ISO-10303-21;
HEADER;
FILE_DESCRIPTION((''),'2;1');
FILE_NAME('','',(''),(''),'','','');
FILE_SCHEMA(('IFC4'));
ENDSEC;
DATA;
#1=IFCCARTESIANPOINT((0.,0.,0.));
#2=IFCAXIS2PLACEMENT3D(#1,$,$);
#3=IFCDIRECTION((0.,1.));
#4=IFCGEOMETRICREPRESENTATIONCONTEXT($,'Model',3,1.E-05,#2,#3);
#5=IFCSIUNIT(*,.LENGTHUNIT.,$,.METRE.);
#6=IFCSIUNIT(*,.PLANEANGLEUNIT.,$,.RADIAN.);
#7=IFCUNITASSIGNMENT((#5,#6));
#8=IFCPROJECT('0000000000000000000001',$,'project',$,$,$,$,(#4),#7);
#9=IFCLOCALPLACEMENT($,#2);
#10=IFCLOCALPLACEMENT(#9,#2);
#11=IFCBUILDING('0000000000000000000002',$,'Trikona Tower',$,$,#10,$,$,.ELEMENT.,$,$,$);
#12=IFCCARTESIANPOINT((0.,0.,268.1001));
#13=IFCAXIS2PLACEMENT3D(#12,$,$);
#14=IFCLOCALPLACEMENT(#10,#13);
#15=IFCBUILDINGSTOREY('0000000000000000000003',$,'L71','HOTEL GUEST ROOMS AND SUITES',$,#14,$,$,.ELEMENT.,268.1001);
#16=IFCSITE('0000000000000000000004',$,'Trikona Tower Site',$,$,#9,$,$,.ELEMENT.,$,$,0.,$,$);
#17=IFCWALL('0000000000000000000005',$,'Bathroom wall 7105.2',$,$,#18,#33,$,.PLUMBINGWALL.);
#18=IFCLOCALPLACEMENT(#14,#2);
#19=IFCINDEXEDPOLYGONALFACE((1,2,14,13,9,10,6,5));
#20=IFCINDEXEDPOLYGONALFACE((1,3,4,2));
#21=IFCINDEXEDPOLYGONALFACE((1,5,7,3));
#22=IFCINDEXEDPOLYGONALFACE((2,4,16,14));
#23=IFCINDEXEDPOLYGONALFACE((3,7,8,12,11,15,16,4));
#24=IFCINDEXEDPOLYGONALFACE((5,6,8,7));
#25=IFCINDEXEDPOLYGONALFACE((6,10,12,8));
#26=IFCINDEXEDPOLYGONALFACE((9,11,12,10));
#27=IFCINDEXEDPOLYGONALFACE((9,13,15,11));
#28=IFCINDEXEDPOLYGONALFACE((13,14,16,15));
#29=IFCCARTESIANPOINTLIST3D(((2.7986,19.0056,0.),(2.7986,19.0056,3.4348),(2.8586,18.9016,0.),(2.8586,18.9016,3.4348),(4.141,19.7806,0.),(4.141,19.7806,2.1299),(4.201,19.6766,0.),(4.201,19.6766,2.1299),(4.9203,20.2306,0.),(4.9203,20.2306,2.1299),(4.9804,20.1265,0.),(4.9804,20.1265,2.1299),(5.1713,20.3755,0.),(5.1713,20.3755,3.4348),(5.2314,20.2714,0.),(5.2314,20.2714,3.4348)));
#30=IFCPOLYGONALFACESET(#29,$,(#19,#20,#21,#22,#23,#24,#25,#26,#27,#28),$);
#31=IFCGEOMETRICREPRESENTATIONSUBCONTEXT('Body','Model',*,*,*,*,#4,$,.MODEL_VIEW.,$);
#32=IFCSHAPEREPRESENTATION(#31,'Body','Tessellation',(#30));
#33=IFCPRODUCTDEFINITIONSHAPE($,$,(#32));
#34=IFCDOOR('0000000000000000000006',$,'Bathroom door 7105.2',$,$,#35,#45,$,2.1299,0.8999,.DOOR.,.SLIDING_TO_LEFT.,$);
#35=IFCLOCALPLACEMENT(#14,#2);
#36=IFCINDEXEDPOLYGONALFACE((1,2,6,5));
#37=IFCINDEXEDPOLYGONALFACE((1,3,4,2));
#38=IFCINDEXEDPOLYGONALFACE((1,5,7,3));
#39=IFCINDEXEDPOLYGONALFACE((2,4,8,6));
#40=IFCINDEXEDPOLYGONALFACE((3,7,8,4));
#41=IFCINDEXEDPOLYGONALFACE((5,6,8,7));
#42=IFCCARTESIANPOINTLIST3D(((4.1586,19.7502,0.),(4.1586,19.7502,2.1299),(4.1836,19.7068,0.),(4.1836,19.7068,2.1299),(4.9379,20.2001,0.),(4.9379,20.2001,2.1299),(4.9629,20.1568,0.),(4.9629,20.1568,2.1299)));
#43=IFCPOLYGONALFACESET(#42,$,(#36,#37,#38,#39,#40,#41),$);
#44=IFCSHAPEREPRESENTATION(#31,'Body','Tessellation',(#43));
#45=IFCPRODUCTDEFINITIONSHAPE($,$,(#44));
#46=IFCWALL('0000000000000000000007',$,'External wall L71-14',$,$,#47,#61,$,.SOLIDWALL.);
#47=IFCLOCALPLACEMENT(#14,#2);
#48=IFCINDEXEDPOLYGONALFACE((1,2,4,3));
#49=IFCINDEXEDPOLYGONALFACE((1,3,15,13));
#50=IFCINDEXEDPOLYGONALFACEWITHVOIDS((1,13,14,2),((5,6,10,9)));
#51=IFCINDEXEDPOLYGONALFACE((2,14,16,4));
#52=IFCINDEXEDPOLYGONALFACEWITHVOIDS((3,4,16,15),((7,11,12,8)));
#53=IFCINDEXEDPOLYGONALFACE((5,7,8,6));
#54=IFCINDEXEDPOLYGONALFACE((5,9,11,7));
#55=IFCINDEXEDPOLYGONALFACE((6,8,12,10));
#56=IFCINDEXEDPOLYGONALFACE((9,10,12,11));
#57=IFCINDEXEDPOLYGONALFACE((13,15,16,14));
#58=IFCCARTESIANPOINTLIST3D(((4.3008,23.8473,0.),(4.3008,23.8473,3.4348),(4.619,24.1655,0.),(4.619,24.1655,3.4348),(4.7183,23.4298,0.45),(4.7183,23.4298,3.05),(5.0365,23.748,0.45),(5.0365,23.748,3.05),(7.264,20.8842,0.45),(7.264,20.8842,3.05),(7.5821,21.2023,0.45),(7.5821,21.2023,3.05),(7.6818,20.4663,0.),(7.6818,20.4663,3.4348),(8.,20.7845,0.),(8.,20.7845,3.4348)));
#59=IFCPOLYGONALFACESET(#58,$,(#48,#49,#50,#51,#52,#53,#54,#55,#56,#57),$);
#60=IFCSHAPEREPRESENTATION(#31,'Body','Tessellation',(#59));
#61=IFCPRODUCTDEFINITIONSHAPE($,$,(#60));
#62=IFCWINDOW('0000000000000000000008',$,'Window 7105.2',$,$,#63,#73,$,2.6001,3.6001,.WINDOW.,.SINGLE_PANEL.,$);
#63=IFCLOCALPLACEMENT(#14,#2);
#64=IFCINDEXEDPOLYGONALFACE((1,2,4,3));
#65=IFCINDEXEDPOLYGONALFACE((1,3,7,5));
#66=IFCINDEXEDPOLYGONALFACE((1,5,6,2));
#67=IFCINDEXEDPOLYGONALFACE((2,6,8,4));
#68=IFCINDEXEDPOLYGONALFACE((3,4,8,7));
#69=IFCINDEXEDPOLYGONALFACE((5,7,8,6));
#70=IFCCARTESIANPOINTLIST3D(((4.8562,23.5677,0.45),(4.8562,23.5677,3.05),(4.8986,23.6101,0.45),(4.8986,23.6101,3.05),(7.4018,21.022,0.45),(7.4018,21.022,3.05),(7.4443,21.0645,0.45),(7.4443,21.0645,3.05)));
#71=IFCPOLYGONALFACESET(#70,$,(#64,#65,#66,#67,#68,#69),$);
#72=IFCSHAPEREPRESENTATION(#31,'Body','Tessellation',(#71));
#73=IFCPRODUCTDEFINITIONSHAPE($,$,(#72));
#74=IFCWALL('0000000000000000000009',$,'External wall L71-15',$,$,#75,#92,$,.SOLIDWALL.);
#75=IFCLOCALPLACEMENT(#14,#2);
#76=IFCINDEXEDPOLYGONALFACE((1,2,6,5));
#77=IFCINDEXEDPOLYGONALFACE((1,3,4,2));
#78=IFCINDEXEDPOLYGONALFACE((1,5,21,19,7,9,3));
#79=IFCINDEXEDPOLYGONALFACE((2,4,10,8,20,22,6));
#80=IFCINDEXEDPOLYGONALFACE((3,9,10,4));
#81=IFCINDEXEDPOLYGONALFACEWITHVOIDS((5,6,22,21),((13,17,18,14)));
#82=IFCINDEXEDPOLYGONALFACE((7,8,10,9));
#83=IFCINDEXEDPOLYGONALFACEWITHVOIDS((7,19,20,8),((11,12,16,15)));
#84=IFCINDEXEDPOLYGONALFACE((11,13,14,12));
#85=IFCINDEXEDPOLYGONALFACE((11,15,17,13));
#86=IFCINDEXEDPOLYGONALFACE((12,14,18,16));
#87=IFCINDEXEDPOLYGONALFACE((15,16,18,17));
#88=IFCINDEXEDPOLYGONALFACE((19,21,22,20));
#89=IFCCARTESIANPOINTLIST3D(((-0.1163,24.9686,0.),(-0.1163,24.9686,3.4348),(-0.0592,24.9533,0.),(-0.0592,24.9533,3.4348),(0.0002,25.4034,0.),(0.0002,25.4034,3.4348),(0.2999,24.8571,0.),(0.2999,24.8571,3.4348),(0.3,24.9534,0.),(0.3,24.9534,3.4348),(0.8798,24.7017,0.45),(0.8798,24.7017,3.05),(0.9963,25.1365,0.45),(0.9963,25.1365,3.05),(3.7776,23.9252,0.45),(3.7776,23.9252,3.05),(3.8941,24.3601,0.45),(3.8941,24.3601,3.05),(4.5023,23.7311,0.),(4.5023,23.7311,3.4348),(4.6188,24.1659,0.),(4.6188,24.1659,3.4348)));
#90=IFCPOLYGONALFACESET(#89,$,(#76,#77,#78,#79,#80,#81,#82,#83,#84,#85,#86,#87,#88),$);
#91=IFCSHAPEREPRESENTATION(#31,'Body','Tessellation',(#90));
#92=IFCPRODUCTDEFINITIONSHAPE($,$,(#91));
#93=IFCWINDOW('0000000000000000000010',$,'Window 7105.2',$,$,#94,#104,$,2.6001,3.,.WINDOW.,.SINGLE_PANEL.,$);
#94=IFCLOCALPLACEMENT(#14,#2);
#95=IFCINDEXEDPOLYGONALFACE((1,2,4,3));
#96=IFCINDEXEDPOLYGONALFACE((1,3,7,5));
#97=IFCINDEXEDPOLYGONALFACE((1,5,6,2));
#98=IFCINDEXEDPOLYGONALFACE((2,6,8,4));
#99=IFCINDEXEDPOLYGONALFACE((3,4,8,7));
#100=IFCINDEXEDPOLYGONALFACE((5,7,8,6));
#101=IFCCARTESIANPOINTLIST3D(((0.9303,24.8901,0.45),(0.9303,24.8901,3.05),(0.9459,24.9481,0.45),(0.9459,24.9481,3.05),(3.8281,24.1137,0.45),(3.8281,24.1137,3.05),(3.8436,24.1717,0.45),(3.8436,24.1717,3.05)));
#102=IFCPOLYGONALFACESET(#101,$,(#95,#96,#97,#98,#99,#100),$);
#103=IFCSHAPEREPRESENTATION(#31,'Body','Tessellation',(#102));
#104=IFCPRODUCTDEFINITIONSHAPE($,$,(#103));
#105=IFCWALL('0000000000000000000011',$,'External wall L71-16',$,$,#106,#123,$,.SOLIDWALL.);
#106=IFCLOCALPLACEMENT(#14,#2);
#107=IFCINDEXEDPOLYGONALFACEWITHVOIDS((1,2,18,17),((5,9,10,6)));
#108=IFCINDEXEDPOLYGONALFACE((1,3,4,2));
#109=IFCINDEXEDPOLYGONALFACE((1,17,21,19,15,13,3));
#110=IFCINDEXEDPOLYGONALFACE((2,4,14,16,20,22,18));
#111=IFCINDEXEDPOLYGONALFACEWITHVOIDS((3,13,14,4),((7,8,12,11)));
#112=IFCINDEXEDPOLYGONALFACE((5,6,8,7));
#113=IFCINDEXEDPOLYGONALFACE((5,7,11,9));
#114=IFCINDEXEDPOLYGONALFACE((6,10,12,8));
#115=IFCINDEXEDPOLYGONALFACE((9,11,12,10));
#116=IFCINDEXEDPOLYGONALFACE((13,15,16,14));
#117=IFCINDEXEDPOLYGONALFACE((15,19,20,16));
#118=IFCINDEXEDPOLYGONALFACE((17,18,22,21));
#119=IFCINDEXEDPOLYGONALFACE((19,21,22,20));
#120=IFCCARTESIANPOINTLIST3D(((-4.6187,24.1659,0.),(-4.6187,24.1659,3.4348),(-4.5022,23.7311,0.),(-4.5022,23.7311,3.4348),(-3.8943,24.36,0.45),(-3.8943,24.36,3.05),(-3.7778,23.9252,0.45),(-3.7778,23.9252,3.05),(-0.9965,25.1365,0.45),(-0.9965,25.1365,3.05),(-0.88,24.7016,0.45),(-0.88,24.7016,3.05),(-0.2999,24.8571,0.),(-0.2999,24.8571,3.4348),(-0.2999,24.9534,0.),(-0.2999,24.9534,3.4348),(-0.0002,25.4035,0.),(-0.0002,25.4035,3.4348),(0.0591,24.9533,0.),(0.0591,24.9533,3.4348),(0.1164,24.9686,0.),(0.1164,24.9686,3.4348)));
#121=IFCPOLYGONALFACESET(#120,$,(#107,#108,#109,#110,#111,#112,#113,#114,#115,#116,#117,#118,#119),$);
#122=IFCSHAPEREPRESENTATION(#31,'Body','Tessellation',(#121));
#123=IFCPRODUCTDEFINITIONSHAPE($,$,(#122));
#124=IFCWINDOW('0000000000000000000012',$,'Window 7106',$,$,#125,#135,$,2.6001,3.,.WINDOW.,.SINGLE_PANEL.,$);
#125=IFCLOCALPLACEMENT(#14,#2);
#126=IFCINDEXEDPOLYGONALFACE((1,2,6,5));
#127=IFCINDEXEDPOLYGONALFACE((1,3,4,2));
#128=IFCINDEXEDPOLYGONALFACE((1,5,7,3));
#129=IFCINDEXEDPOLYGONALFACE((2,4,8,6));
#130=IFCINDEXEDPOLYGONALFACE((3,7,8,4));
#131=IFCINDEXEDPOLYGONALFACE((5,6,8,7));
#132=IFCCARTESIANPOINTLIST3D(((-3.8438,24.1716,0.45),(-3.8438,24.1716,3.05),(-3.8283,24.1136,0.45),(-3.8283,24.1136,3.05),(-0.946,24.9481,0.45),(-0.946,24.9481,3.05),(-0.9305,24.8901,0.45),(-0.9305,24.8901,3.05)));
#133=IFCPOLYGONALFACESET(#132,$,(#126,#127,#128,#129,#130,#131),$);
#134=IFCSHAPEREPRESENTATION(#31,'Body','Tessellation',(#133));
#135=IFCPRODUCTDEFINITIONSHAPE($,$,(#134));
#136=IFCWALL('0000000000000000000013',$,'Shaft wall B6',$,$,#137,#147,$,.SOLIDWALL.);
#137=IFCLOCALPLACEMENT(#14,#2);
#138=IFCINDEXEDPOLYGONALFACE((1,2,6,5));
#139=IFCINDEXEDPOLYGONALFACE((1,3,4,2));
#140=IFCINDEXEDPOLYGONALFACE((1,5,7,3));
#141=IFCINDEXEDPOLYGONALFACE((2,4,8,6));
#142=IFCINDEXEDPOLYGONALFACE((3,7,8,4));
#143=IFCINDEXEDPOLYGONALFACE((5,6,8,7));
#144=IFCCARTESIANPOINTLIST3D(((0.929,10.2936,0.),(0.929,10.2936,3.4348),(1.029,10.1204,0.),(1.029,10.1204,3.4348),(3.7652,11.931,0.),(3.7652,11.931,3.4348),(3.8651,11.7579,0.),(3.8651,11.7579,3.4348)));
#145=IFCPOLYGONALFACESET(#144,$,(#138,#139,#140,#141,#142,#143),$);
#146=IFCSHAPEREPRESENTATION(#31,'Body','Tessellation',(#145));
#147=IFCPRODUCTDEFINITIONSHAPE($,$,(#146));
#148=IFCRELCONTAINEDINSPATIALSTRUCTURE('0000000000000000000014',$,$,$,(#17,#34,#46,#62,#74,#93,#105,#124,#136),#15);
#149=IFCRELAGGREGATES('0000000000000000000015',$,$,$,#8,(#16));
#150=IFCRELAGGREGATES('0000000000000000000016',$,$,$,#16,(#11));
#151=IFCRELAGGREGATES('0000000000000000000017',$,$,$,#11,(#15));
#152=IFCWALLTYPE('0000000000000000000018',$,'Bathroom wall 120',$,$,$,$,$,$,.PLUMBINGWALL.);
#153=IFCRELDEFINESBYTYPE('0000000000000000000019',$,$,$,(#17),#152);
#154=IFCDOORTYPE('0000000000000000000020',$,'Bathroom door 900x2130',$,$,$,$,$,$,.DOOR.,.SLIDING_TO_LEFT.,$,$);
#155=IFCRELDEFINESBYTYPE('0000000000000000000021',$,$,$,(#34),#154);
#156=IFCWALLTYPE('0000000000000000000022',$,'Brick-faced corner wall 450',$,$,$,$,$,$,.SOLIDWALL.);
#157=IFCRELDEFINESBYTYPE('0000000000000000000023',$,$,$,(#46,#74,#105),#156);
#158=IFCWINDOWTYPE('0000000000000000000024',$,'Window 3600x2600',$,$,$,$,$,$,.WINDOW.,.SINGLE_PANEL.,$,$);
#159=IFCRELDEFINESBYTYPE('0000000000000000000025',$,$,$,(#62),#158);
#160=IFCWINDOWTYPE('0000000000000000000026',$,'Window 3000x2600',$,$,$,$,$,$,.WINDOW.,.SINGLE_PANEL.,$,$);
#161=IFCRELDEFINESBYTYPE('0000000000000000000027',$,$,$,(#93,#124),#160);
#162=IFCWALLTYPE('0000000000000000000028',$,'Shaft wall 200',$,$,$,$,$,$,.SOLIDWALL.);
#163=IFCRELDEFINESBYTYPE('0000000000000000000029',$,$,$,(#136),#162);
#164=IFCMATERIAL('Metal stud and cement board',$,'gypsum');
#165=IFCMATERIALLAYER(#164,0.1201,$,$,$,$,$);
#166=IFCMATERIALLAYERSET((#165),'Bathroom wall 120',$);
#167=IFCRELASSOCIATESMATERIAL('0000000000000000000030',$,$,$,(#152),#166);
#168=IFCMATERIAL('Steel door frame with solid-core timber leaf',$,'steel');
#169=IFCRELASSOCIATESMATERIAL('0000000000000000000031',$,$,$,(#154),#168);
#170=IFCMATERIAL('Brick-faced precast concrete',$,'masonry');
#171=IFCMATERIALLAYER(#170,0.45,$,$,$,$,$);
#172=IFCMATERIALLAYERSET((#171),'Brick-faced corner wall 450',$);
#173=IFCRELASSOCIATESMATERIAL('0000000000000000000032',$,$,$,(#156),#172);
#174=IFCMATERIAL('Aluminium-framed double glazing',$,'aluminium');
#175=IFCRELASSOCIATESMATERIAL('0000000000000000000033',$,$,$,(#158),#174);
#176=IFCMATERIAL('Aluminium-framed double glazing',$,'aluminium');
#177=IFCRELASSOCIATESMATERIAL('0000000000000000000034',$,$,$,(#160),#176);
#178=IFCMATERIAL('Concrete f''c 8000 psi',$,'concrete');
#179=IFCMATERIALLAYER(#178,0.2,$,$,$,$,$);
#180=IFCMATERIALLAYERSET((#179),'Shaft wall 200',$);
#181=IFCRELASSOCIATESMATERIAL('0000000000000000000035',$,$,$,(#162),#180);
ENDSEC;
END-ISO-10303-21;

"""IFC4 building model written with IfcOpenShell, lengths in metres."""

from ifc_helpers import new_model, si_unit, direction, frame, frame_2d, origin, place, context, subcontext, project, spatial, polyline, rectangle, outline, extrude, material, layer, layer_set, type_object, element, fill, save


model = new_model("IFC4")

# Units and contexts
model_context = context("Model", 3, precision=1e-05, world=origin(), true_north=direction((0.0, 1.0)))
body_context = subcontext(model_context, "Body", "Model", "MODEL_VIEW")
ifc_project = project(units=[si_unit("LENGTHUNIT", "METRE"), si_unit("PLANEANGLEUNIT", "RADIAN")], contexts=[model_context])

# Site, building, storey
site_placement = place(None, origin())
site = spatial("IfcSite", under=ifc_project, at=site_placement, Name="Trikona Tower Site", CompositionType="ELEMENT", RefElevation=0.0)
building_placement = place(site_placement, origin())
building = spatial("IfcBuilding", under=site, at=building_placement, Name="Trikona Tower", CompositionType="ELEMENT")
storey_placement = place(building_placement, frame((0.0, 0.0, 268.1001)))
storey = spatial("IfcBuildingStorey", under=building, at=storey_placement, Name="L71", Description="HOTEL GUEST ROOMS AND SUITES", CompositionType="ELEMENT", Elevation=268.1001)

# Shared definitions
ifc_material_1 = material(Name="Metal stud and cement board", Category="gypsum")
ifc_layer_1 = layer(ifc_material_1, 0.1201)
ifc_layer_set_1 = layer_set([ifc_layer_1], Name="Bathroom wall 120")
wall_type_1 = type_object("IfcWallType", Name="Bathroom wall 120", PredefinedType="PLUMBINGWALL", material=ifc_layer_set_1)

# Wall, opening, door
wall_1_placement = place(storey_placement, frame((2.8286, 18.9536, 0.0), z_axis=(0.0, 0.0, 1.0), x_axis=(0.866036, 0.499982, 0.0)))
wall_1 = element("IfcWall", 1, at=wall_1_placement, inside=storey, type_object=wall_type_1, Name="Bathroom wall 7105.2", PredefinedType="PLUMBINGWALL", context=body_context, shape_type="SweptSolid", body=[
    extrude(rectangle(XDim=2.7397, YDim=0.1201, at=frame_2d((1.3699, 0.0))), origin(), (0.0, 0.0, 1.0), 3.4348),
])
opening_1_placement = place(wall_1_placement, frame((1.55, 0.0, 0.0)))
opening_1 = element("IfcOpeningElement", 2, at=opening_1_placement, cuts=wall_1, PredefinedType="OPENING", context=body_context, shape_type="SweptSolid", body=[
    extrude(rectangle(XDim=0.8999, YDim=2.1299, at=frame_2d((0.45, 1.0649))), frame((0.0, 0.0701, 0.0), z_axis=(0.0, -1.0, 0.0), x_axis=(1.0, 0.0, 0.0)), (0.0, 0.0, 1.0), 0.1401),
])
ifc_material_2 = material(Name="Steel door frame with solid-core timber leaf", Category="steel")
door_type_1 = type_object("IfcDoorType", Name="Bathroom door 900x2130", OperationType="SLIDING_TO_LEFT", PredefinedType="DOOR", material=ifc_material_2)
door_1_placement = place(opening_1_placement, origin())
door_1 = element("IfcDoor", 3, at=door_1_placement, inside=storey, type_object=door_type_1, Name="Bathroom door 7105.2", OperationType="SLIDING_TO_LEFT", OverallHeight=2.1299, OverallWidth=0.8999, PredefinedType="DOOR", context=body_context, shape_type="SweptSolid", body=[
    extrude(rectangle(XDim=0.8999, YDim=2.1299, at=frame_2d((0.45, 1.0649))), frame((0.0, 0.0249, 0.0), z_axis=(0.0, -1.0, 0.0), x_axis=(1.0, 0.0, 0.0)), (0.0, 0.0, 1.0), 0.05),
])
fill(opening_1, door_1)

# Walls, openings, windows
ifc_material_3 = material(Name="Brick-faced precast concrete", Category="masonry")
ifc_layer_2 = layer(ifc_material_3, 0.45)
ifc_layer_set_2 = layer_set([ifc_layer_2], Name="Brick-faced corner wall 450")
wall_type_2 = type_object("IfcWallType", Name="Brick-faced corner wall 450", PredefinedType="SOLIDWALL", material=ifc_layer_set_2)
wall_2_placement = place(storey_placement, frame((7.8408, 20.6255, 0.0), z_axis=(0.0, 0.0, 1.0), x_axis=(-0.707107, 0.707107, 0.0)))
wall_2 = element("IfcWall", 4, at=wall_2_placement, inside=storey, type_object=wall_type_2, Name="External wall L71-14", PredefinedType="SOLIDWALL", context=body_context, shape_type="SweptSolid", body=[
    extrude(rectangle(XDim=4.7815, YDim=0.45, at=frame_2d((2.3906, 0.0))), origin(), (0.0, 0.0, 1.0), 3.4348),
])
opening_2_placement = place(wall_2_placement, frame((0.5908, 0.0, 0.45)))
opening_2 = element("IfcOpeningElement", 5, at=opening_2_placement, cuts=wall_2, PredefinedType="OPENING", context=body_context, shape_type="SweptSolid", body=[
    extrude(rectangle(XDim=3.6001, YDim=2.6001, at=frame_2d((1.8, 1.3))), frame((0.0, 0.2349, 0.0), z_axis=(0.0, -1.0, 0.0), x_axis=(1.0, 0.0, 0.0)), (0.0, 0.0, 1.0), 0.47),
])
ifc_material_4 = material(Name="Aluminium-framed double glazing", Category="aluminium")
window_type_1 = type_object("IfcWindowType", Name="Window 3600x2600", PartitioningType="SINGLE_PANEL", PredefinedType="WINDOW", material=ifc_material_4)
window_1_placement = place(opening_2_placement, origin())
window_1 = element("IfcWindow", 6, at=window_1_placement, inside=storey, type_object=window_type_1, Name="Window 7105.2", OverallHeight=2.6001, OverallWidth=3.6001, PartitioningType="SINGLE_PANEL", PredefinedType="WINDOW", context=body_context, shape_type="SweptSolid", body=[
    extrude(rectangle(XDim=3.6001, YDim=2.6001, at=frame_2d((1.8, 1.3))), frame((0.0, 0.03, 0.0), z_axis=(0.0, -1.0, 0.0), x_axis=(1.0, 0.0, 0.0)), (0.0, 0.0, 1.0), 0.0601),
])
fill(opening_2, window_1)
wall_3_placement = place(storey_placement, frame((4.5605, 23.9485, 0.0), z_axis=(0.0, 0.0, 1.0), x_axis=(-0.965927, 0.258816, 0.0)))
wall_3 = element("IfcWall", 7, at=wall_3_placement, inside=storey, type_object=wall_type_2, Name="External wall L71-15", PredefinedType="SOLIDWALL", context=body_context, shape_type="SweptSolid", body=[
    extrude(outline(polyline([(4.7815, 0.2251), (4.7224, 0.2251), (4.3755, 0.1321), (4.3506, 0.2251), (0.0, 0.2251), (0.0, -0.2251), (4.7815, -0.2251), (4.7815, 0.2251)])), origin(), (0.0, 0.0, 1.0), 3.4348),
])
opening_3_placement = place(wall_3_placement, frame((0.7502, 0.0, 0.45)))
opening_3 = element("IfcOpeningElement", 8, at=opening_3_placement, cuts=wall_3, PredefinedType="OPENING", context=body_context, shape_type="SweptSolid", body=[
    extrude(rectangle(XDim=3.0, YDim=2.6001, at=frame_2d((1.5, 1.3))), frame((0.0, 0.2349, 0.0), z_axis=(0.0, -1.0, 0.0), x_axis=(1.0, 0.0, 0.0)), (0.0, 0.0, 1.0), 0.47),
])
ifc_material_5 = material(Name="Aluminium-framed double glazing", Category="aluminium")
window_type_2 = type_object("IfcWindowType", Name="Window 3000x2600", PartitioningType="SINGLE_PANEL", PredefinedType="WINDOW", material=ifc_material_5)
window_2_placement = place(opening_3_placement, origin())
window_2 = element("IfcWindow", 9, at=window_2_placement, inside=storey, type_object=window_type_2, Name="Window 7105.2", OverallHeight=2.6001, OverallWidth=3.0, PartitioningType="SINGLE_PANEL", PredefinedType="WINDOW", context=body_context, shape_type="SweptSolid", body=[
    extrude(rectangle(XDim=3.0, YDim=2.6001, at=frame_2d((1.5, 1.3))), frame((0.0, 0.03, 0.0), z_axis=(0.0, -1.0, 0.0), x_axis=(1.0, 0.0, 0.0)), (0.0, 0.0, 1.0), 0.0601),
])
fill(opening_3, window_2)
wall_4_placement = place(storey_placement, frame((0.0581, 25.186, 0.0), z_axis=(0.0, 0.0, 1.0), x_axis=(-0.965927, -0.258816, 0.0)))
wall_4 = element("IfcWall", 10, at=wall_4_placement, inside=storey, type_object=wall_type_2, Name="External wall L71-16", PredefinedType="SOLIDWALL", context=body_context, shape_type="SweptSolid", body=[
    extrude(outline(polyline([(4.7815, 0.2251), (0.4309, 0.2251), (0.406, 0.1321), (0.0593, 0.2251), (0.0, 0.2251), (0.0, -0.2251), (4.7815, -0.2251), (4.7815, 0.2251)])), origin(), (0.0, 0.0, 1.0), 3.4348),
])
opening_4_placement = place(wall_4_placement, frame((1.0315, 0.0, 0.45)))
opening_4 = element("IfcOpeningElement", 11, at=opening_4_placement, cuts=wall_4, PredefinedType="OPENING", context=body_context, shape_type="SweptSolid", body=[
    extrude(rectangle(XDim=3.0, YDim=2.6001, at=frame_2d((1.5, 1.3))), frame((0.0, 0.2349, 0.0), z_axis=(0.0, -1.0, 0.0), x_axis=(1.0, 0.0, 0.0)), (0.0, 0.0, 1.0), 0.47),
])
window_3_placement = place(opening_4_placement, origin())
window_3 = element("IfcWindow", 12, at=window_3_placement, inside=storey, type_object=window_type_2, Name="Window 7106", OverallHeight=2.6001, OverallWidth=3.0, PartitioningType="SINGLE_PANEL", PredefinedType="WINDOW", context=body_context, shape_type="SweptSolid", body=[
    extrude(rectangle(XDim=3.0, YDim=2.6001, at=frame_2d((1.5, 1.3))), frame((0.0, 0.03, 0.0), z_axis=(0.0, -1.0, 0.0), x_axis=(1.0, 0.0, 0.0)), (0.0, 0.0, 1.0), 0.0601),
])
fill(opening_4, window_3)

# Wall
ifc_material_6 = material(Name="Concrete f'c 8000 psi", Category="concrete")
ifc_layer_3 = layer(ifc_material_6, 0.2)
ifc_layer_set_3 = layer_set([ifc_layer_3], Name="Shaft wall 200")
wall_type_3 = type_object("IfcWallType", Name="Shaft wall 200", PredefinedType="SOLIDWALL", material=ifc_layer_set_3)
wall_5_placement = place(storey_placement, frame((0.979, 10.207, 0.0), z_axis=(0.0, 0.0, 1.0), x_axis=(0.866028, 0.499996, 0.0)))
element("IfcWall", 13, at=wall_5_placement, inside=storey, type_object=wall_type_3, Name="Shaft wall B6", PredefinedType="SOLIDWALL", context=body_context, shape_type="SweptSolid", body=[
    extrude(rectangle(XDim=3.2749, YDim=0.2, at=frame_2d((1.6375, 0.0))), origin(), (0.0, 0.0, 1.0), 3.4348),
])

save(model, "model.ifc")
